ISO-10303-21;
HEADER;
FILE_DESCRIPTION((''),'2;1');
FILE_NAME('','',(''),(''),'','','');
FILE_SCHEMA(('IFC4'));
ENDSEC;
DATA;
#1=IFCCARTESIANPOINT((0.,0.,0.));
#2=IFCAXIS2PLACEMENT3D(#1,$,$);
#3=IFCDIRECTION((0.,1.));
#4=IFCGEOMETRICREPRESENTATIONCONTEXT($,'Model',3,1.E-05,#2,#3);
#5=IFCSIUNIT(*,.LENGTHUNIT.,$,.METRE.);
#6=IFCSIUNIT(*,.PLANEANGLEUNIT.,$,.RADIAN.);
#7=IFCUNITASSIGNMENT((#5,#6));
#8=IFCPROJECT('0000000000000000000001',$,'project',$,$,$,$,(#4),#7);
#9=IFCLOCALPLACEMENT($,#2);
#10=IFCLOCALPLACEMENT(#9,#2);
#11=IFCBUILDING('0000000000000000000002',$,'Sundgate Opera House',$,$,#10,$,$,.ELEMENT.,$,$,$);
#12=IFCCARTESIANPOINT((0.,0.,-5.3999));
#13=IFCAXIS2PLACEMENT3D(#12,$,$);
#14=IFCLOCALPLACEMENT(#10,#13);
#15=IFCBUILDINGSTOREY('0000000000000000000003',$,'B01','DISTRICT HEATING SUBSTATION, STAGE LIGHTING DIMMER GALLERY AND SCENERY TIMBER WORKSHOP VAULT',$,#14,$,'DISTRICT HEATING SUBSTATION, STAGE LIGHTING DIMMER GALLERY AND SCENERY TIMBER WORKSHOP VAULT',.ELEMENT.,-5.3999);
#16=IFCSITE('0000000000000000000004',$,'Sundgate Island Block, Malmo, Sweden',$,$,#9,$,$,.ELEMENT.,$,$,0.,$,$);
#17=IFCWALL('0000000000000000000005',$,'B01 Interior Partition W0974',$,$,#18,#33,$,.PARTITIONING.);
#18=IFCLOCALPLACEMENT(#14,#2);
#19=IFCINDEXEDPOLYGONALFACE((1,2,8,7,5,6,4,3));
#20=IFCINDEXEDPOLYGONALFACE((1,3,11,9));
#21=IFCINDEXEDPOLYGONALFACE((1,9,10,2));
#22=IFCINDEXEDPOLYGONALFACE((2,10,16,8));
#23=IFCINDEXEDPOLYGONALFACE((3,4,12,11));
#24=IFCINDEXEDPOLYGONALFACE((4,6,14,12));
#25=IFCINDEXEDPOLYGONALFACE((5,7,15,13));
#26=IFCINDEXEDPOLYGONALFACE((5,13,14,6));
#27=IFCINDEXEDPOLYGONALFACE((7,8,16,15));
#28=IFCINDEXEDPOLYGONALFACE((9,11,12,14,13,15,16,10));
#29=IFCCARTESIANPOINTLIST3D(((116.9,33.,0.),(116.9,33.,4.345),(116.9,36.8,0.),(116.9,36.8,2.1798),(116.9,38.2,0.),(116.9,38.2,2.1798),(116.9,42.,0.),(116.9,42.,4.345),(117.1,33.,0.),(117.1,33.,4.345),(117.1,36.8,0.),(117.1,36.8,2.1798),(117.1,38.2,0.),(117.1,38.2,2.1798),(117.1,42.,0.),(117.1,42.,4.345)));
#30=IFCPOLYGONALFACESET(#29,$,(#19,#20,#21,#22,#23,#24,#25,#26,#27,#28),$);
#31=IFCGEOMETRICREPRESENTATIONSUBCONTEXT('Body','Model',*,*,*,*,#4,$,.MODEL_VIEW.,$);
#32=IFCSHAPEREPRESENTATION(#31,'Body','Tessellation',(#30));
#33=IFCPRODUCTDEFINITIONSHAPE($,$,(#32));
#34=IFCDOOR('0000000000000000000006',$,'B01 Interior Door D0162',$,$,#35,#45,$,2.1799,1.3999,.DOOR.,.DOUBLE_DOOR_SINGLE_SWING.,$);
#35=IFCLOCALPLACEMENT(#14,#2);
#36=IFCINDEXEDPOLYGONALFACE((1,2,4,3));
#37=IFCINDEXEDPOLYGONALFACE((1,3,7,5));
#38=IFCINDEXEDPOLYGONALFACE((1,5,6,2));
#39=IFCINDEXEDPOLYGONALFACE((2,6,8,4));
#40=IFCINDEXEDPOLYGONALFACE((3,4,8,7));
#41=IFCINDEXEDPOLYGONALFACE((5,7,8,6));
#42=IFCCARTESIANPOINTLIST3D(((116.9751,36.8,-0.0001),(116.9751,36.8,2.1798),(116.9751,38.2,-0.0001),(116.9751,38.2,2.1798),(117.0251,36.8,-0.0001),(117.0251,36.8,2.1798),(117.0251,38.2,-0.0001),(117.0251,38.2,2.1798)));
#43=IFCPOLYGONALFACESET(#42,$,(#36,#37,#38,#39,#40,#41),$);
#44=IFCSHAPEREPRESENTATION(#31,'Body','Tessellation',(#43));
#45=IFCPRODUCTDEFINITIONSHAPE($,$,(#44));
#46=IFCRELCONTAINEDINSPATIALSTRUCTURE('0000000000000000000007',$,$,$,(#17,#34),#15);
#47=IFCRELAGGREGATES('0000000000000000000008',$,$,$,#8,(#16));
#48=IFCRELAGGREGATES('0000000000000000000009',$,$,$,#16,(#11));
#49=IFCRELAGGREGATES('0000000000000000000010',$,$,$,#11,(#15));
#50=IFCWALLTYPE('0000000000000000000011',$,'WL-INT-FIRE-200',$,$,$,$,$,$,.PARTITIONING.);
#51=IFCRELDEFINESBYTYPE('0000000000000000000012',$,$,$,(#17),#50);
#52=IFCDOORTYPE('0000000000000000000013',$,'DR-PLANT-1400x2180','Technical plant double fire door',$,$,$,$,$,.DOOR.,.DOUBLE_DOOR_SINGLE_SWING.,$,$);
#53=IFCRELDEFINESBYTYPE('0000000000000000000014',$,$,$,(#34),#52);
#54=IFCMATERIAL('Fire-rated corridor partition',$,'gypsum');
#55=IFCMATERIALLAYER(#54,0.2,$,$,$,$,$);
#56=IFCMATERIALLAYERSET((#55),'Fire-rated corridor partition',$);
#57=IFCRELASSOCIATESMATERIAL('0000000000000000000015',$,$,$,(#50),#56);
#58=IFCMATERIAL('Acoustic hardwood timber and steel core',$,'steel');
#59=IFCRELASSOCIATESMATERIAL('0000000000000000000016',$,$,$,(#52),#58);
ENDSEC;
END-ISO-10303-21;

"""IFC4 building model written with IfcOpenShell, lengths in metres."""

from ifc_helpers import new_model, si_unit, direction, frame, frame_2d, origin, place, context, subcontext, project, spatial, rectangle, extrude, material, layer, layer_set, type_object, element, fill, save


model = new_model("IFC4")

# Units and contexts
model_context = context("Model", 3, precision=1e-05, world=origin(), true_north=direction((0.0, 1.0)))
body_context = subcontext(model_context, "Body", "Model", "MODEL_VIEW")
ifc_project = project(units=[si_unit("LENGTHUNIT", "METRE"), si_unit("PLANEANGLEUNIT", "RADIAN")], contexts=[model_context])

# Site, building, storey
site_placement = place(None, origin())
site = spatial("IfcSite", under=ifc_project, at=site_placement, Name="Sundgate Island Block, Malmo, Sweden", CompositionType="ELEMENT", RefElevation=0.0)
building_placement = place(site_placement, origin())
building = spatial("IfcBuilding", under=site, at=building_placement, Name="Sundgate Opera House", CompositionType="ELEMENT")
storey_placement = place(building_placement, frame((0.0, 0.0, -5.3999)))
storey = spatial("IfcBuildingStorey", under=building, at=storey_placement, Name="B01", Description="DISTRICT HEATING SUBSTATION, STAGE LIGHTING DIMMER GALLERY AND SCENERY TIMBER WORKSHOP VAULT", LongName="DISTRICT HEATING SUBSTATION, STAGE LIGHTING DIMMER GALLERY AND SCENERY TIMBER WORKSHOP VAULT", CompositionType="ELEMENT", Elevation=-5.3999)

# Wall, opening, door
ifc_material_1 = material(Name="Fire-rated corridor partition", Category="gypsum")
ifc_layer = layer(ifc_material_1, 0.2)
ifc_layer_set = layer_set([ifc_layer], Name="Fire-rated corridor partition")
wall_type = type_object("IfcWallType", Name="WL-INT-FIRE-200", PredefinedType="PARTITIONING", material=ifc_layer_set)
wall_placement = place(storey_placement, frame((117.0, 33.0, 0.0), z_axis=(0.0, 0.0, 1.0), x_axis=(0.0, 1.0, 0.0)))
wall = element("IfcWall", 1, at=wall_placement, inside=storey, type_object=wall_type, Name="B01 Interior Partition W0974", PredefinedType="PARTITIONING", context=body_context, shape_type="SweptSolid", body=[
    extrude(rectangle(XDim=9.0, YDim=0.2, at=frame_2d((4.5, 0.0))), origin(), (0.0, 0.0, 1.0), 4.345),
])
opening_placement = place(wall_placement, frame((3.8, 0.0, 0.0)))
opening = element("IfcOpeningElement", 2, at=opening_placement, cuts=wall, PredefinedType="OPENING", context=body_context, shape_type="SweptSolid", body=[
    extrude(rectangle(XDim=1.3999, YDim=2.1799, at=frame_2d((0.7, 1.0898))), frame((0.0, 0.1099, 0.0), z_axis=(0.0, -1.0, 0.0), x_axis=(1.0, 0.0, 0.0)), (0.0, 0.0, 1.0), 0.22),
])
ifc_material_2 = material(Name="Acoustic hardwood timber and steel core", Category="steel")
door_type = type_object("IfcDoorType", Name="DR-PLANT-1400x2180", Description="Technical plant double fire door", OperationType="DOUBLE_DOOR_SINGLE_SWING", PredefinedType="DOOR", material=ifc_material_2)
door_placement = place(opening_placement, origin())
door = element("IfcDoor", 3, at=door_placement, inside=storey, type_object=door_type, Name="B01 Interior Door D0162", OperationType="DOUBLE_DOOR_SINGLE_SWING", OverallHeight=2.1799, OverallWidth=1.3999, PredefinedType="DOOR", context=body_context, shape_type="SweptSolid", body=[
    extrude(rectangle(XDim=1.3999, YDim=2.1799, at=frame_2d((0.7, 1.0898))), frame((0.0, 0.0249, 0.0), z_axis=(0.0, -1.0, 0.0), x_axis=(1.0, 0.0, 0.0)), (0.0, 0.0, 1.0), 0.05),
])
fill(opening, door)

save(model, "model.ifc")
